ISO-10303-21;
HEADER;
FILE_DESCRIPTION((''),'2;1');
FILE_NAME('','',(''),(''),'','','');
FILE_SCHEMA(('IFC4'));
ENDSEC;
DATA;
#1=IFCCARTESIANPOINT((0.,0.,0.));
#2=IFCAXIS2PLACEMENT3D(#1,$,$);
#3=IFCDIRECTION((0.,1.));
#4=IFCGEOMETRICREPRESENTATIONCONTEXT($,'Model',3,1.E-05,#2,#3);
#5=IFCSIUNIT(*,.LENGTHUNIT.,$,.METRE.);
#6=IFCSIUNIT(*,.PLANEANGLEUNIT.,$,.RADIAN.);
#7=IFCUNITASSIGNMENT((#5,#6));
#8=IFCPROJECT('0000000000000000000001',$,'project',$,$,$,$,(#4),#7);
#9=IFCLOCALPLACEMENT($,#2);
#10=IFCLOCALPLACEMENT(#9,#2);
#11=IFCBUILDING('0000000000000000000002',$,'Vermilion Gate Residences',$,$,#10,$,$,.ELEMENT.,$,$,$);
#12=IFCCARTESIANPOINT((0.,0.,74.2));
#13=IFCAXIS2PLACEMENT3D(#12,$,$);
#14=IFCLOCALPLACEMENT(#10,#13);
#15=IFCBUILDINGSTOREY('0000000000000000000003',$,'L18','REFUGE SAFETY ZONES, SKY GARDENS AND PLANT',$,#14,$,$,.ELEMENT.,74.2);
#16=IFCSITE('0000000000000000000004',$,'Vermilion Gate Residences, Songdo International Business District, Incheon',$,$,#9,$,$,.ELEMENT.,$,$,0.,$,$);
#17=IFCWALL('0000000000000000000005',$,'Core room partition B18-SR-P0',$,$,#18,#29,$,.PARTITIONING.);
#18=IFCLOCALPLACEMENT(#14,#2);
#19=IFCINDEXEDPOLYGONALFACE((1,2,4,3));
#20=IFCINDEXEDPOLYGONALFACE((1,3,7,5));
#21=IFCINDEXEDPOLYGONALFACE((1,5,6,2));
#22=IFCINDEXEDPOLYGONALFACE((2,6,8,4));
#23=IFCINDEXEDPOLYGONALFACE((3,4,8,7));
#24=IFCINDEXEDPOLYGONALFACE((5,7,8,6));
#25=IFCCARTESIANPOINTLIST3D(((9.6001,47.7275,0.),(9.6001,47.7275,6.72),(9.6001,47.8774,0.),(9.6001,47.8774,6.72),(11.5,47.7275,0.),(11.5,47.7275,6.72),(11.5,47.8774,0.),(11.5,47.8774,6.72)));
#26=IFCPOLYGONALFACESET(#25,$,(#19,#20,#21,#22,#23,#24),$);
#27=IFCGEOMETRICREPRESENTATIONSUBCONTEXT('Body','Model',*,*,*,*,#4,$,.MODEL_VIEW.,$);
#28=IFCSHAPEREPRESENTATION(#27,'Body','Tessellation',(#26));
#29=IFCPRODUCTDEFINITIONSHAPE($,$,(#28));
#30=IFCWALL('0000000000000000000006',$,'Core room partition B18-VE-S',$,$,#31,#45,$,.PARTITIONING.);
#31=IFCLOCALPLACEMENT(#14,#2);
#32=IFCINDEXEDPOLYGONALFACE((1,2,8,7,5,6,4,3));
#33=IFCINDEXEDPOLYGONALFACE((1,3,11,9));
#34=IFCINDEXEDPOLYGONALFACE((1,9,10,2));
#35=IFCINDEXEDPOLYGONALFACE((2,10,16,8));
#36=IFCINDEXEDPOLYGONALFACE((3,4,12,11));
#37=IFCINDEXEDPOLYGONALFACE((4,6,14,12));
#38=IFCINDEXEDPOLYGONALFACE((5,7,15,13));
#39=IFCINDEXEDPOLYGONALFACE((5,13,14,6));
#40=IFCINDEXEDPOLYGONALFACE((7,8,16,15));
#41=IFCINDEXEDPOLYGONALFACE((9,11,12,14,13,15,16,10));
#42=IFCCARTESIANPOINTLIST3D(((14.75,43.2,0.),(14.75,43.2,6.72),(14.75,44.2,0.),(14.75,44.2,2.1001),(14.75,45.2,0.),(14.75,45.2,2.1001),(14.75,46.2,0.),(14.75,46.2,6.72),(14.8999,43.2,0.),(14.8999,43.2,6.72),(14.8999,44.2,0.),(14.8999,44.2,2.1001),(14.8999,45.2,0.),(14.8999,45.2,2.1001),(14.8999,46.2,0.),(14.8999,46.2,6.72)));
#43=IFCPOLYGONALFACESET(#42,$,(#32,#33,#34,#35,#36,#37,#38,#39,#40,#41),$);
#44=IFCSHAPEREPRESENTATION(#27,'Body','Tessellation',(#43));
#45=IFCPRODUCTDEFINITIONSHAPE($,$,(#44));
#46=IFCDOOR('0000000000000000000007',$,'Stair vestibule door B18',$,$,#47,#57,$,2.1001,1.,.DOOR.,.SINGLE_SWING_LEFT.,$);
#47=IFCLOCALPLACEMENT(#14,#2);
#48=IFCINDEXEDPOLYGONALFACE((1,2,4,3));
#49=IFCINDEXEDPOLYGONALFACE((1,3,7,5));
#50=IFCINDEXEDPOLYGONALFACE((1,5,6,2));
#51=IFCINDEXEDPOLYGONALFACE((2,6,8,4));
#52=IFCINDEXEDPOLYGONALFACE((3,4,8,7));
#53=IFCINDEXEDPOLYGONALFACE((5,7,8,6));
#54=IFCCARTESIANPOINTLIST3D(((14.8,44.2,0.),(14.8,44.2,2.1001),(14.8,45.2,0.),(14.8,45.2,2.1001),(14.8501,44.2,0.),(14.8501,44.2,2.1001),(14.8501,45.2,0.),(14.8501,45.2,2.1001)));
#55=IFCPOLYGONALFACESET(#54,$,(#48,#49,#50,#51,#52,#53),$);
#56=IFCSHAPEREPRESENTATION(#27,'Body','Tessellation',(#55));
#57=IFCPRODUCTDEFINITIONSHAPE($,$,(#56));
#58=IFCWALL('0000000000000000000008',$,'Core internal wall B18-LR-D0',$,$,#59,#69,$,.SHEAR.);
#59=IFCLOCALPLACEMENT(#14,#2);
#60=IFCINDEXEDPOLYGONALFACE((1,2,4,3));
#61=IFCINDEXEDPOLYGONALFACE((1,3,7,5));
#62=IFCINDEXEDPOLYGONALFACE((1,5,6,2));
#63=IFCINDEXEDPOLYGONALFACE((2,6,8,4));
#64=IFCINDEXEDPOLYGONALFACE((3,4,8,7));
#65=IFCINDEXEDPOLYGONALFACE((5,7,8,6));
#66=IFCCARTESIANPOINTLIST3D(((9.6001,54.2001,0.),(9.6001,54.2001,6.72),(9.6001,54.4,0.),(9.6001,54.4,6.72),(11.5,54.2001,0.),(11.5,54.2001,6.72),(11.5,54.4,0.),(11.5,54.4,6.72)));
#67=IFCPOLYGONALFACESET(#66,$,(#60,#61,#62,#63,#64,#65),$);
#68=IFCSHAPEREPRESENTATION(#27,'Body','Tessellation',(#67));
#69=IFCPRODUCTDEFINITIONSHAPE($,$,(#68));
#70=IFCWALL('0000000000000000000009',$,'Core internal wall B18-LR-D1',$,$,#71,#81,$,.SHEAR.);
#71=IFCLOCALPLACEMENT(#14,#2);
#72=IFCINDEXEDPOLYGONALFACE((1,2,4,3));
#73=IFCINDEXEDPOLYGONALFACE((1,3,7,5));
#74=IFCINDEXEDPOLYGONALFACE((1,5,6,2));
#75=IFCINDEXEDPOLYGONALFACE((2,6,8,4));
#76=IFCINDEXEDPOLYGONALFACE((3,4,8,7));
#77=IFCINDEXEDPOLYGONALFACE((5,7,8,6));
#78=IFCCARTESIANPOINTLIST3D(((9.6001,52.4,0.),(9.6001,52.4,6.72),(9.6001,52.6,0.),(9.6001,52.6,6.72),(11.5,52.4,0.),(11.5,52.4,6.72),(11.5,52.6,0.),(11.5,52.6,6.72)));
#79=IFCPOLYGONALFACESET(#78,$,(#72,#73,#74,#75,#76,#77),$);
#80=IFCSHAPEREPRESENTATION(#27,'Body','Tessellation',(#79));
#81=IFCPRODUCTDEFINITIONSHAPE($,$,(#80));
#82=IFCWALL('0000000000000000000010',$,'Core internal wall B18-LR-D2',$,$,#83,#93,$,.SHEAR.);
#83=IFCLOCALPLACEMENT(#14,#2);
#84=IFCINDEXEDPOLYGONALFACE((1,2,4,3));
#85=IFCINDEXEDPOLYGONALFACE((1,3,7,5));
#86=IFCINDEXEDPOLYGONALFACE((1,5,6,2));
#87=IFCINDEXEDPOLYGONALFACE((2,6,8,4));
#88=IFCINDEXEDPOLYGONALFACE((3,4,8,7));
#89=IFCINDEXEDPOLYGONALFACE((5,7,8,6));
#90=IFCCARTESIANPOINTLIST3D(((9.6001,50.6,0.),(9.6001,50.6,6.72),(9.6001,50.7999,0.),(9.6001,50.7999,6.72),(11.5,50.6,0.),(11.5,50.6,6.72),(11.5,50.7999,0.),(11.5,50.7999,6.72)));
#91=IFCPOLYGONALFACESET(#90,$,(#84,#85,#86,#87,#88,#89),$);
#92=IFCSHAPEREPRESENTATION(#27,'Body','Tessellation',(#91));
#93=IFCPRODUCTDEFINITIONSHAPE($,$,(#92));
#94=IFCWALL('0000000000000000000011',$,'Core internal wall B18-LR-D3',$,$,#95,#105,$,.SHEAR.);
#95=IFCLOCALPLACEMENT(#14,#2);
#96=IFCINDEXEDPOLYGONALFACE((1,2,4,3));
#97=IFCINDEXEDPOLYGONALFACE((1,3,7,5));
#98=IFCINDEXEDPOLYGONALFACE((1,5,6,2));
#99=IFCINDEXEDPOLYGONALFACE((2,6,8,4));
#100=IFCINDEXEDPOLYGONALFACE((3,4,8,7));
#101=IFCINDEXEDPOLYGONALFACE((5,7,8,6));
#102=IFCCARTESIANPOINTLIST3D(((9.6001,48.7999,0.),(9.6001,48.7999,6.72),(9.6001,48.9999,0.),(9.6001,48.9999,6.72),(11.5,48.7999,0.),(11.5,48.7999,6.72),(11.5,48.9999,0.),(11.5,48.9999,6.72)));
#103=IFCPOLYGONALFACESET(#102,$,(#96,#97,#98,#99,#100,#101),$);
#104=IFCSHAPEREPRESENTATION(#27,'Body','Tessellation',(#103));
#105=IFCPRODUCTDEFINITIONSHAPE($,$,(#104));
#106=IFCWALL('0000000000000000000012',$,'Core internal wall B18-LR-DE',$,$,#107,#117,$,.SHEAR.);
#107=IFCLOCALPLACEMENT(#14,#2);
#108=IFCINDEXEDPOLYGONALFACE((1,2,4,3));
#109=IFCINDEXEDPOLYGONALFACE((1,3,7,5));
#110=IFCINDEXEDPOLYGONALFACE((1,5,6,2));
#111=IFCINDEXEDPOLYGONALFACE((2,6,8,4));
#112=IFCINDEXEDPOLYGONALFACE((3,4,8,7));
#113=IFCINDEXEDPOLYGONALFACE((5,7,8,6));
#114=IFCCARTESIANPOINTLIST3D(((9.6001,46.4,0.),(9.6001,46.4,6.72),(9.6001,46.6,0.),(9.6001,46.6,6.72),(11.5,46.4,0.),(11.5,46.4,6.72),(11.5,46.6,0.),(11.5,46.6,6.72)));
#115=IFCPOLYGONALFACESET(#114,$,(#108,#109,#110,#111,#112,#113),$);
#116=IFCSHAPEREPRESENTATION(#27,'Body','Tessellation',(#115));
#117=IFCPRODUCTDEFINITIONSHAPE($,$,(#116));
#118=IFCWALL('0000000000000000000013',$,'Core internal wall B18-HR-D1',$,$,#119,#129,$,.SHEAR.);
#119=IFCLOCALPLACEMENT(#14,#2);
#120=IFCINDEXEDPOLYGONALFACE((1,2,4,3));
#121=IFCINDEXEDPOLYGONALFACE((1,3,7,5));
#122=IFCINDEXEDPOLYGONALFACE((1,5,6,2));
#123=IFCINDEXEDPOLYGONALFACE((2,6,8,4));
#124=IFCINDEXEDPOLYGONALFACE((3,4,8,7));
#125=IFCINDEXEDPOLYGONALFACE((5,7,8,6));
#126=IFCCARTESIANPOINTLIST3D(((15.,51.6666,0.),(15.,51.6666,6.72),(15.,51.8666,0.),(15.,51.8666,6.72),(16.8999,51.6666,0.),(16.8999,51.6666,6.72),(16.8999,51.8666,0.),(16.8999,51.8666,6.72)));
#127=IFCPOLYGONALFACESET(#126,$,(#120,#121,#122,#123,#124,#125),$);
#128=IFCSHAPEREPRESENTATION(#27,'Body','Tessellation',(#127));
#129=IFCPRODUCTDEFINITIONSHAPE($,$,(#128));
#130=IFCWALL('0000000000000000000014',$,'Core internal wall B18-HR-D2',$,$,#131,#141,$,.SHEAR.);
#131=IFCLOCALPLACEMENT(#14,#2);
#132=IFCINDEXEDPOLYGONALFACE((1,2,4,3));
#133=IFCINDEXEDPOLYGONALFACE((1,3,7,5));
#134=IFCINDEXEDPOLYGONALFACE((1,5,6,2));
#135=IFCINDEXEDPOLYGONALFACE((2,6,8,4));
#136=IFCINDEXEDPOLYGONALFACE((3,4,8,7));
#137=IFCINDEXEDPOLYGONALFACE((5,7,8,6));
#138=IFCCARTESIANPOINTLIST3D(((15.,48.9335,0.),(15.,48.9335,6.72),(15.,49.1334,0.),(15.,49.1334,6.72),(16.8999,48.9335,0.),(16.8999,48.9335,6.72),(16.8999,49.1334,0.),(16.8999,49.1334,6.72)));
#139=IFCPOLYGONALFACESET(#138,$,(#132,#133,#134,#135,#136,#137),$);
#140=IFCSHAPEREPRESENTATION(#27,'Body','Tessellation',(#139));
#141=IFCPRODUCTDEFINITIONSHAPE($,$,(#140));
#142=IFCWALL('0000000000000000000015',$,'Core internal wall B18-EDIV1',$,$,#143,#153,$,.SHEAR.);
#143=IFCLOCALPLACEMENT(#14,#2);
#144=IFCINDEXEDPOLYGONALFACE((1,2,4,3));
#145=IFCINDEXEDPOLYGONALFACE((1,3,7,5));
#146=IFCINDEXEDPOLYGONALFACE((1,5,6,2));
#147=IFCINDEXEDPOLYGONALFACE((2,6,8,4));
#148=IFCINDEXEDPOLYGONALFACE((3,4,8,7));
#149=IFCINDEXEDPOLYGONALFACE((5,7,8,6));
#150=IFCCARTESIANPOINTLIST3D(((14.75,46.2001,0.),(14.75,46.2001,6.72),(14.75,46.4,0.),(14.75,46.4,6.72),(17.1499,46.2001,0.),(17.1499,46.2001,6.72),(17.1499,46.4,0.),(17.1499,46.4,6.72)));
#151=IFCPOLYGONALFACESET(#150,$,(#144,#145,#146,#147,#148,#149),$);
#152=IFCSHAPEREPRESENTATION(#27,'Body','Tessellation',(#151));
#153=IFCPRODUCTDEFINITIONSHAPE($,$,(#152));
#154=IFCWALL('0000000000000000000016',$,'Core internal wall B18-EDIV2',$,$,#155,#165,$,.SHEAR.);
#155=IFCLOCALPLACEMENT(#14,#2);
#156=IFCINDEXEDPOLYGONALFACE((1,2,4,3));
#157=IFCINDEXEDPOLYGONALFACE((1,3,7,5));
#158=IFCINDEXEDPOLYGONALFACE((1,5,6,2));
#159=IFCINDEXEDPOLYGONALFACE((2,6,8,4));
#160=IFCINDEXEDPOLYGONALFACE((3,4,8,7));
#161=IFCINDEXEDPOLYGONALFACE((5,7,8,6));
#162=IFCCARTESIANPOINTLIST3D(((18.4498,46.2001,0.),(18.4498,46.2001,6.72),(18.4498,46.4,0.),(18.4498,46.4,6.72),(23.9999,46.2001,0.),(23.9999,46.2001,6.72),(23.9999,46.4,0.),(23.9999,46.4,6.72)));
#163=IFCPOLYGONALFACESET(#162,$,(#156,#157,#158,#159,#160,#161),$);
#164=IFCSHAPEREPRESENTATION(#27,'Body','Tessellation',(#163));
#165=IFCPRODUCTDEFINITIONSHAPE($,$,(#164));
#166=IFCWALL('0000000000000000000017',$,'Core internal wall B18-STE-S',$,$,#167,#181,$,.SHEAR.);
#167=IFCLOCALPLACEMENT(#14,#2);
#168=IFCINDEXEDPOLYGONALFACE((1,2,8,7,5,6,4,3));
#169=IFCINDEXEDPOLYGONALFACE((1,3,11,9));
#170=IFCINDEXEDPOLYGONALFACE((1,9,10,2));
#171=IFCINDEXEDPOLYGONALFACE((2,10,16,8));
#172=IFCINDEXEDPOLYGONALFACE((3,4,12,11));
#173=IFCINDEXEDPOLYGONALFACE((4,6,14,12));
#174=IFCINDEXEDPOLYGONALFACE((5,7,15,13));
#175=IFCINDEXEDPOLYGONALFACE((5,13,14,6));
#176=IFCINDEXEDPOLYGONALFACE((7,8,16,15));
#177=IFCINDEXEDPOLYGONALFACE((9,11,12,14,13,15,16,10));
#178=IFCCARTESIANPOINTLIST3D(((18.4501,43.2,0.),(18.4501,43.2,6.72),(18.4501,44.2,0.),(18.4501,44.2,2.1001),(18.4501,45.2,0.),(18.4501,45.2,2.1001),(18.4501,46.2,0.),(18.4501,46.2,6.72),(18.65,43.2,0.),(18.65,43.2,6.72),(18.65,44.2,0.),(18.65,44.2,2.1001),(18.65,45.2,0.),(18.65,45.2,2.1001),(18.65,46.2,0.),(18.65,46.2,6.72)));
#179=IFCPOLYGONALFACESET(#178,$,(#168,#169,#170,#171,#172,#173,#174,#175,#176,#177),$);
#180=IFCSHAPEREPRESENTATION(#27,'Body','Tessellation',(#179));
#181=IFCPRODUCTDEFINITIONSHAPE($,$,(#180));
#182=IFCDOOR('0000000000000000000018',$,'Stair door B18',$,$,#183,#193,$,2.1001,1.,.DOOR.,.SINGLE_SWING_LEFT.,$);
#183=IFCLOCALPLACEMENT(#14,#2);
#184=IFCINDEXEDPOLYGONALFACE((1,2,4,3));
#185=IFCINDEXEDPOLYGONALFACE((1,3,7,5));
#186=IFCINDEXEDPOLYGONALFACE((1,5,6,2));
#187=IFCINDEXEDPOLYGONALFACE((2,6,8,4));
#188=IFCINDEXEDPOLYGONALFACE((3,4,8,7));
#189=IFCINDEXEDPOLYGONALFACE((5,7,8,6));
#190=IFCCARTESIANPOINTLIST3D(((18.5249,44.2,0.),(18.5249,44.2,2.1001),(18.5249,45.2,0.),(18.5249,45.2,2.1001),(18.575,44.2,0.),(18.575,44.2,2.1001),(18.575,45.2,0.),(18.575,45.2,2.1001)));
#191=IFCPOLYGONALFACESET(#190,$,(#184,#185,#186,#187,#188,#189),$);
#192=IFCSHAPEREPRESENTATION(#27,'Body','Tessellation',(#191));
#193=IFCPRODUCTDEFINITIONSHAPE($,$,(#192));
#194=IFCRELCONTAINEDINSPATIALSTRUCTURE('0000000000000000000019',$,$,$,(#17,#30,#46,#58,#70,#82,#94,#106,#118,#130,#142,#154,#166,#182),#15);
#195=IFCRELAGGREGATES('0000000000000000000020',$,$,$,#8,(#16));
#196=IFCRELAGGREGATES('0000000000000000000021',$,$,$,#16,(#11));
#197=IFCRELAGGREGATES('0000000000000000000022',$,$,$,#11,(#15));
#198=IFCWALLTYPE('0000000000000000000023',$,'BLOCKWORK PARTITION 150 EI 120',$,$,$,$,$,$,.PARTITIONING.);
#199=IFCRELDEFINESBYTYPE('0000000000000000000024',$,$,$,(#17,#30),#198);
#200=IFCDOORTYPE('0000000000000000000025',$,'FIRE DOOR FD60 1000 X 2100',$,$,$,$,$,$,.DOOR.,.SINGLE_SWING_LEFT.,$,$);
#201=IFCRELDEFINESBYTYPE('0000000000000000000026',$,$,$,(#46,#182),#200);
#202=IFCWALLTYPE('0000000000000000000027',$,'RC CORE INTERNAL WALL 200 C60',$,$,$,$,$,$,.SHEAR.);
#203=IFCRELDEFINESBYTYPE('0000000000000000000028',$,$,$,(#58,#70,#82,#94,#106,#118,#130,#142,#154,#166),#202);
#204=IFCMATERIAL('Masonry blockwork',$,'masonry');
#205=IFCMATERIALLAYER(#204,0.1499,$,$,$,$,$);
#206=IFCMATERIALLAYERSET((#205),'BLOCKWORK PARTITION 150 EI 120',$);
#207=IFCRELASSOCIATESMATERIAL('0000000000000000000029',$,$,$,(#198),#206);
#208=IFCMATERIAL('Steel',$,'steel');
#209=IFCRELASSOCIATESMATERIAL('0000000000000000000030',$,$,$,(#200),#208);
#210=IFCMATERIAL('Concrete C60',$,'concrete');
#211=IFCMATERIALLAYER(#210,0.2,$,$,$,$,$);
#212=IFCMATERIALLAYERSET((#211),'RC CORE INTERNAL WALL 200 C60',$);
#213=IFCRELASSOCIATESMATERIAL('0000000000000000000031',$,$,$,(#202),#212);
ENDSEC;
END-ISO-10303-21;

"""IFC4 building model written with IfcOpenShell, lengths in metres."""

from ifc_helpers import new_model, si_unit, direction, frame, frame_2d, origin, place, context, subcontext, project, spatial, rectangle, extrude, material, layer, layer_set, type_object, element, fill, save


model = new_model("IFC4")

# Units and contexts
model_context = context("Model", 3, precision=1e-05, world=origin(), true_north=direction((0.0, 1.0)))
body_context = subcontext(model_context, "Body", "Model", "MODEL_VIEW")
ifc_project = project(units=[si_unit("LENGTHUNIT", "METRE"), si_unit("PLANEANGLEUNIT", "RADIAN")], contexts=[model_context])

# Site, building, storey
site_placement = place(None, origin())
site = spatial("IfcSite", under=ifc_project, at=site_placement, Name="Vermilion Gate Residences, Songdo International Business District, Incheon", CompositionType="ELEMENT", RefElevation=0.0)
building_placement = place(site_placement, origin())
building = spatial("IfcBuilding", under=site, at=building_placement, Name="Vermilion Gate Residences", CompositionType="ELEMENT")
storey_placement = place(building_placement, frame((0.0, 0.0, 74.2)))
storey = spatial("IfcBuildingStorey", under=building, at=storey_placement, Name="L18", Description="REFUGE SAFETY ZONES, SKY GARDENS AND PLANT", CompositionType="ELEMENT", Elevation=74.2)

# Wall
ifc_material_1 = material(Name="Masonry blockwork", Category="masonry")
ifc_layer_1 = layer(ifc_material_1, 0.1499)
ifc_layer_set_1 = layer_set([ifc_layer_1], Name="BLOCKWORK PARTITION 150 EI 120")
wall_type_1 = type_object("IfcWallType", Name="BLOCKWORK PARTITION 150 EI 120", PredefinedType="PARTITIONING", material=ifc_layer_set_1)
wall_1_placement = place(storey_placement, frame((9.6001, 47.8025, 0.0), z_axis=(0.0, 0.0, 1.0), x_axis=(1.0, 0.0, 0.0)))
element("IfcWall", 1, at=wall_1_placement, inside=storey, type_object=wall_type_1, Name="Core room partition B18-SR-P0", PredefinedType="PARTITIONING", context=body_context, shape_type="SweptSolid", body=[
    extrude(rectangle(XDim=1.8999, YDim=0.1499, at=frame_2d((0.95, 0.0))), origin(), (0.0, 0.0, 1.0), 6.72),
])

# Wall, opening, door
wall_2_placement = place(storey_placement, frame((14.825, 46.2, 0.0), z_axis=(0.0, 0.0, 1.0), x_axis=(0.0, -1.0, 0.0)))
wall_2 = element("IfcWall", 2, at=wall_2_placement, inside=storey, type_object=wall_type_1, Name="Core room partition B18-VE-S", PredefinedType="PARTITIONING", context=body_context, shape_type="SweptSolid", body=[
    extrude(rectangle(XDim=3.0, YDim=0.1499, at=frame_2d((1.5, 0.0))), origin(), (0.0, 0.0, 1.0), 6.72),
])
opening_1_placement = place(wall_2_placement, frame((1.0, 0.0, 0.0)))
opening_1 = element("IfcOpeningElement", 3, at=opening_1_placement, cuts=wall_2, PredefinedType="OPENING", context=body_context, shape_type="SweptSolid", body=[
    extrude(rectangle(XDim=1.0, YDim=2.1001, at=frame_2d((0.5, 1.05))), frame((0.0, 0.085, 0.0), z_axis=(0.0, -1.0, 0.0), x_axis=(1.0, 0.0, 0.0)), (0.0, 0.0, 1.0), 0.1699),
])
ifc_material_2 = material(Name="Steel", Category="steel")
door_type = type_object("IfcDoorType", Name="FIRE DOOR FD60 1000 X 2100", OperationType="SINGLE_SWING_LEFT", PredefinedType="DOOR", material=ifc_material_2)
door_1_placement = place(opening_1_placement, frame((1.0, 0.0, 0.0), z_axis=(0.0, 0.0, 1.0), x_axis=(-1.0, 0.0, 0.0)))
door_1 = element("IfcDoor", 4, at=door_1_placement, inside=storey, type_object=door_type, Name="Stair vestibule door B18", OperationType="SINGLE_SWING_LEFT", OverallHeight=2.1001, OverallWidth=1.0, PredefinedType="DOOR", context=body_context, shape_type="SweptSolid", body=[
    extrude(rectangle(XDim=1.0, YDim=2.1001, at=frame_2d((0.5, 1.05))), frame((0.0, 0.0249, 0.0), z_axis=(0.0, -1.0, 0.0), x_axis=(1.0, 0.0, 0.0)), (0.0, 0.0, 1.0), 0.05),
])
fill(opening_1, door_1)

# Walls
ifc_material_3 = material(Name="Concrete C60", Category="concrete")
ifc_layer_2 = layer(ifc_material_3, 0.2)
ifc_layer_set_2 = layer_set([ifc_layer_2], Name="RC CORE INTERNAL WALL 200 C60")
wall_type_2 = type_object("IfcWallType", Name="RC CORE INTERNAL WALL 200 C60", PredefinedType="SHEAR", material=ifc_layer_set_2)
for number, where, z_axis, x_axis, name in (
    (5, (9.6001, 54.3, 0.0), (0.0, 0.0, 1.0), (1.0, 0.0, 0.0), "Core internal wall B18-LR-D0"),
    (6, (9.6001, 52.5, 0.0), (0.0, 0.0, 1.0), (1.0, 0.0, 0.0), "Core internal wall B18-LR-D1"),
    (7, (9.6001, 50.7, 0.0), (0.0, 0.0, 1.0), (1.0, 0.0, 0.0), "Core internal wall B18-LR-D2"),
    (8, (9.6001, 48.8999, 0.0), (0.0, 0.0, 1.0), (1.0, 0.0, 0.0), "Core internal wall B18-LR-D3"),
    (9, (9.6001, 46.5, 0.0), (0.0, 0.0, 1.0), (1.0, 0.0, 0.0), "Core internal wall B18-LR-DE"),
    (10, (15.0, 51.7666, 0.0), (0.0, 0.0, 1.0), (1.0, 0.0, 0.0), "Core internal wall B18-HR-D1"),
    (11, (15.0, 49.0334, 0.0), (0.0, 0.0, 1.0), (1.0, 0.0, 0.0), "Core internal wall B18-HR-D2"),
):
    element("IfcWall", number, at=place(storey_placement, frame(where, z_axis=z_axis, x_axis=x_axis)), inside=storey, type_object=wall_type_2, Name=name, PredefinedType="SHEAR", context=body_context, shape_type="SweptSolid", body=[
        extrude(rectangle(XDim=1.8999, YDim=0.2, at=frame_2d((0.95, 0.0))), origin(), (0.0, 0.0, 1.0), 6.72),
    ])
wall_3_placement = place(storey_placement, frame((14.75, 46.3, 0.0), z_axis=(0.0, 0.0, 1.0), x_axis=(1.0, 0.0, 0.0)))
element("IfcWall", 12, at=wall_3_placement, inside=storey, type_object=wall_type_2, Name="Core internal wall B18-EDIV1", PredefinedType="SHEAR", context=body_context, shape_type="SweptSolid", body=[
    extrude(rectangle(XDim=2.3999, YDim=0.2, at=frame_2d((1.2, 0.0))), origin(), (0.0, 0.0, 1.0), 6.72),
])
wall_4_placement = place(storey_placement, frame((18.45, 46.3, 0.0), z_axis=(0.0, 0.0, 1.0), x_axis=(1.0, 0.0, 0.0)))
element("IfcWall", 13, at=wall_4_placement, inside=storey, type_object=wall_type_2, Name="Core internal wall B18-EDIV2", PredefinedType="SHEAR", context=body_context, shape_type="SweptSolid", body=[
    extrude(rectangle(XDim=5.55, YDim=0.2, at=frame_2d((2.7749, 0.0))), origin(), (0.0, 0.0, 1.0), 6.72),
])

# Wall, opening, door
wall_5_placement = place(storey_placement, frame((18.55, 46.2, 0.0), z_axis=(0.0, 0.0, 1.0), x_axis=(0.0, -1.0, 0.0)))
wall_5 = element("IfcWall", 14, at=wall_5_placement, inside=storey, type_object=wall_type_2, Name="Core internal wall B18-STE-S", PredefinedType="SHEAR", context=body_context, shape_type="SweptSolid", body=[
    extrude(rectangle(XDim=3.0, YDim=0.2, at=frame_2d((1.5, 0.0))), origin(), (0.0, 0.0, 1.0), 6.72),
])
opening_2_placement = place(wall_5_placement, frame((1.0, 0.0, 0.0)))
opening_2 = element("IfcOpeningElement", 15, at=opening_2_placement, cuts=wall_5, PredefinedType="OPENING", context=body_context, shape_type="SweptSolid", body=[
    extrude(rectangle(XDim=1.0, YDim=2.1001, at=frame_2d((0.5, 1.05))), frame((0.0, 0.1099, 0.0), z_axis=(0.0, -1.0, 0.0), x_axis=(1.0, 0.0, 0.0)), (0.0, 0.0, 1.0), 0.22),
])
door_2_placement = place(opening_2_placement, origin())
door_2 = element("IfcDoor", 16, at=door_2_placement, inside=storey, type_object=door_type, Name="Stair door B18", OperationType="SINGLE_SWING_LEFT", OverallHeight=2.1001, OverallWidth=1.0, PredefinedType="DOOR", context=body_context, shape_type="SweptSolid", body=[
    extrude(rectangle(XDim=1.0, YDim=2.1001, at=frame_2d((0.5, 1.05))), frame((0.0, 0.0249, 0.0), z_axis=(0.0, -1.0, 0.0), x_axis=(1.0, 0.0, 0.0)), (0.0, 0.0, 1.0), 0.05),
])
fill(opening_2, door_2)

save(model, "model.ifc")
